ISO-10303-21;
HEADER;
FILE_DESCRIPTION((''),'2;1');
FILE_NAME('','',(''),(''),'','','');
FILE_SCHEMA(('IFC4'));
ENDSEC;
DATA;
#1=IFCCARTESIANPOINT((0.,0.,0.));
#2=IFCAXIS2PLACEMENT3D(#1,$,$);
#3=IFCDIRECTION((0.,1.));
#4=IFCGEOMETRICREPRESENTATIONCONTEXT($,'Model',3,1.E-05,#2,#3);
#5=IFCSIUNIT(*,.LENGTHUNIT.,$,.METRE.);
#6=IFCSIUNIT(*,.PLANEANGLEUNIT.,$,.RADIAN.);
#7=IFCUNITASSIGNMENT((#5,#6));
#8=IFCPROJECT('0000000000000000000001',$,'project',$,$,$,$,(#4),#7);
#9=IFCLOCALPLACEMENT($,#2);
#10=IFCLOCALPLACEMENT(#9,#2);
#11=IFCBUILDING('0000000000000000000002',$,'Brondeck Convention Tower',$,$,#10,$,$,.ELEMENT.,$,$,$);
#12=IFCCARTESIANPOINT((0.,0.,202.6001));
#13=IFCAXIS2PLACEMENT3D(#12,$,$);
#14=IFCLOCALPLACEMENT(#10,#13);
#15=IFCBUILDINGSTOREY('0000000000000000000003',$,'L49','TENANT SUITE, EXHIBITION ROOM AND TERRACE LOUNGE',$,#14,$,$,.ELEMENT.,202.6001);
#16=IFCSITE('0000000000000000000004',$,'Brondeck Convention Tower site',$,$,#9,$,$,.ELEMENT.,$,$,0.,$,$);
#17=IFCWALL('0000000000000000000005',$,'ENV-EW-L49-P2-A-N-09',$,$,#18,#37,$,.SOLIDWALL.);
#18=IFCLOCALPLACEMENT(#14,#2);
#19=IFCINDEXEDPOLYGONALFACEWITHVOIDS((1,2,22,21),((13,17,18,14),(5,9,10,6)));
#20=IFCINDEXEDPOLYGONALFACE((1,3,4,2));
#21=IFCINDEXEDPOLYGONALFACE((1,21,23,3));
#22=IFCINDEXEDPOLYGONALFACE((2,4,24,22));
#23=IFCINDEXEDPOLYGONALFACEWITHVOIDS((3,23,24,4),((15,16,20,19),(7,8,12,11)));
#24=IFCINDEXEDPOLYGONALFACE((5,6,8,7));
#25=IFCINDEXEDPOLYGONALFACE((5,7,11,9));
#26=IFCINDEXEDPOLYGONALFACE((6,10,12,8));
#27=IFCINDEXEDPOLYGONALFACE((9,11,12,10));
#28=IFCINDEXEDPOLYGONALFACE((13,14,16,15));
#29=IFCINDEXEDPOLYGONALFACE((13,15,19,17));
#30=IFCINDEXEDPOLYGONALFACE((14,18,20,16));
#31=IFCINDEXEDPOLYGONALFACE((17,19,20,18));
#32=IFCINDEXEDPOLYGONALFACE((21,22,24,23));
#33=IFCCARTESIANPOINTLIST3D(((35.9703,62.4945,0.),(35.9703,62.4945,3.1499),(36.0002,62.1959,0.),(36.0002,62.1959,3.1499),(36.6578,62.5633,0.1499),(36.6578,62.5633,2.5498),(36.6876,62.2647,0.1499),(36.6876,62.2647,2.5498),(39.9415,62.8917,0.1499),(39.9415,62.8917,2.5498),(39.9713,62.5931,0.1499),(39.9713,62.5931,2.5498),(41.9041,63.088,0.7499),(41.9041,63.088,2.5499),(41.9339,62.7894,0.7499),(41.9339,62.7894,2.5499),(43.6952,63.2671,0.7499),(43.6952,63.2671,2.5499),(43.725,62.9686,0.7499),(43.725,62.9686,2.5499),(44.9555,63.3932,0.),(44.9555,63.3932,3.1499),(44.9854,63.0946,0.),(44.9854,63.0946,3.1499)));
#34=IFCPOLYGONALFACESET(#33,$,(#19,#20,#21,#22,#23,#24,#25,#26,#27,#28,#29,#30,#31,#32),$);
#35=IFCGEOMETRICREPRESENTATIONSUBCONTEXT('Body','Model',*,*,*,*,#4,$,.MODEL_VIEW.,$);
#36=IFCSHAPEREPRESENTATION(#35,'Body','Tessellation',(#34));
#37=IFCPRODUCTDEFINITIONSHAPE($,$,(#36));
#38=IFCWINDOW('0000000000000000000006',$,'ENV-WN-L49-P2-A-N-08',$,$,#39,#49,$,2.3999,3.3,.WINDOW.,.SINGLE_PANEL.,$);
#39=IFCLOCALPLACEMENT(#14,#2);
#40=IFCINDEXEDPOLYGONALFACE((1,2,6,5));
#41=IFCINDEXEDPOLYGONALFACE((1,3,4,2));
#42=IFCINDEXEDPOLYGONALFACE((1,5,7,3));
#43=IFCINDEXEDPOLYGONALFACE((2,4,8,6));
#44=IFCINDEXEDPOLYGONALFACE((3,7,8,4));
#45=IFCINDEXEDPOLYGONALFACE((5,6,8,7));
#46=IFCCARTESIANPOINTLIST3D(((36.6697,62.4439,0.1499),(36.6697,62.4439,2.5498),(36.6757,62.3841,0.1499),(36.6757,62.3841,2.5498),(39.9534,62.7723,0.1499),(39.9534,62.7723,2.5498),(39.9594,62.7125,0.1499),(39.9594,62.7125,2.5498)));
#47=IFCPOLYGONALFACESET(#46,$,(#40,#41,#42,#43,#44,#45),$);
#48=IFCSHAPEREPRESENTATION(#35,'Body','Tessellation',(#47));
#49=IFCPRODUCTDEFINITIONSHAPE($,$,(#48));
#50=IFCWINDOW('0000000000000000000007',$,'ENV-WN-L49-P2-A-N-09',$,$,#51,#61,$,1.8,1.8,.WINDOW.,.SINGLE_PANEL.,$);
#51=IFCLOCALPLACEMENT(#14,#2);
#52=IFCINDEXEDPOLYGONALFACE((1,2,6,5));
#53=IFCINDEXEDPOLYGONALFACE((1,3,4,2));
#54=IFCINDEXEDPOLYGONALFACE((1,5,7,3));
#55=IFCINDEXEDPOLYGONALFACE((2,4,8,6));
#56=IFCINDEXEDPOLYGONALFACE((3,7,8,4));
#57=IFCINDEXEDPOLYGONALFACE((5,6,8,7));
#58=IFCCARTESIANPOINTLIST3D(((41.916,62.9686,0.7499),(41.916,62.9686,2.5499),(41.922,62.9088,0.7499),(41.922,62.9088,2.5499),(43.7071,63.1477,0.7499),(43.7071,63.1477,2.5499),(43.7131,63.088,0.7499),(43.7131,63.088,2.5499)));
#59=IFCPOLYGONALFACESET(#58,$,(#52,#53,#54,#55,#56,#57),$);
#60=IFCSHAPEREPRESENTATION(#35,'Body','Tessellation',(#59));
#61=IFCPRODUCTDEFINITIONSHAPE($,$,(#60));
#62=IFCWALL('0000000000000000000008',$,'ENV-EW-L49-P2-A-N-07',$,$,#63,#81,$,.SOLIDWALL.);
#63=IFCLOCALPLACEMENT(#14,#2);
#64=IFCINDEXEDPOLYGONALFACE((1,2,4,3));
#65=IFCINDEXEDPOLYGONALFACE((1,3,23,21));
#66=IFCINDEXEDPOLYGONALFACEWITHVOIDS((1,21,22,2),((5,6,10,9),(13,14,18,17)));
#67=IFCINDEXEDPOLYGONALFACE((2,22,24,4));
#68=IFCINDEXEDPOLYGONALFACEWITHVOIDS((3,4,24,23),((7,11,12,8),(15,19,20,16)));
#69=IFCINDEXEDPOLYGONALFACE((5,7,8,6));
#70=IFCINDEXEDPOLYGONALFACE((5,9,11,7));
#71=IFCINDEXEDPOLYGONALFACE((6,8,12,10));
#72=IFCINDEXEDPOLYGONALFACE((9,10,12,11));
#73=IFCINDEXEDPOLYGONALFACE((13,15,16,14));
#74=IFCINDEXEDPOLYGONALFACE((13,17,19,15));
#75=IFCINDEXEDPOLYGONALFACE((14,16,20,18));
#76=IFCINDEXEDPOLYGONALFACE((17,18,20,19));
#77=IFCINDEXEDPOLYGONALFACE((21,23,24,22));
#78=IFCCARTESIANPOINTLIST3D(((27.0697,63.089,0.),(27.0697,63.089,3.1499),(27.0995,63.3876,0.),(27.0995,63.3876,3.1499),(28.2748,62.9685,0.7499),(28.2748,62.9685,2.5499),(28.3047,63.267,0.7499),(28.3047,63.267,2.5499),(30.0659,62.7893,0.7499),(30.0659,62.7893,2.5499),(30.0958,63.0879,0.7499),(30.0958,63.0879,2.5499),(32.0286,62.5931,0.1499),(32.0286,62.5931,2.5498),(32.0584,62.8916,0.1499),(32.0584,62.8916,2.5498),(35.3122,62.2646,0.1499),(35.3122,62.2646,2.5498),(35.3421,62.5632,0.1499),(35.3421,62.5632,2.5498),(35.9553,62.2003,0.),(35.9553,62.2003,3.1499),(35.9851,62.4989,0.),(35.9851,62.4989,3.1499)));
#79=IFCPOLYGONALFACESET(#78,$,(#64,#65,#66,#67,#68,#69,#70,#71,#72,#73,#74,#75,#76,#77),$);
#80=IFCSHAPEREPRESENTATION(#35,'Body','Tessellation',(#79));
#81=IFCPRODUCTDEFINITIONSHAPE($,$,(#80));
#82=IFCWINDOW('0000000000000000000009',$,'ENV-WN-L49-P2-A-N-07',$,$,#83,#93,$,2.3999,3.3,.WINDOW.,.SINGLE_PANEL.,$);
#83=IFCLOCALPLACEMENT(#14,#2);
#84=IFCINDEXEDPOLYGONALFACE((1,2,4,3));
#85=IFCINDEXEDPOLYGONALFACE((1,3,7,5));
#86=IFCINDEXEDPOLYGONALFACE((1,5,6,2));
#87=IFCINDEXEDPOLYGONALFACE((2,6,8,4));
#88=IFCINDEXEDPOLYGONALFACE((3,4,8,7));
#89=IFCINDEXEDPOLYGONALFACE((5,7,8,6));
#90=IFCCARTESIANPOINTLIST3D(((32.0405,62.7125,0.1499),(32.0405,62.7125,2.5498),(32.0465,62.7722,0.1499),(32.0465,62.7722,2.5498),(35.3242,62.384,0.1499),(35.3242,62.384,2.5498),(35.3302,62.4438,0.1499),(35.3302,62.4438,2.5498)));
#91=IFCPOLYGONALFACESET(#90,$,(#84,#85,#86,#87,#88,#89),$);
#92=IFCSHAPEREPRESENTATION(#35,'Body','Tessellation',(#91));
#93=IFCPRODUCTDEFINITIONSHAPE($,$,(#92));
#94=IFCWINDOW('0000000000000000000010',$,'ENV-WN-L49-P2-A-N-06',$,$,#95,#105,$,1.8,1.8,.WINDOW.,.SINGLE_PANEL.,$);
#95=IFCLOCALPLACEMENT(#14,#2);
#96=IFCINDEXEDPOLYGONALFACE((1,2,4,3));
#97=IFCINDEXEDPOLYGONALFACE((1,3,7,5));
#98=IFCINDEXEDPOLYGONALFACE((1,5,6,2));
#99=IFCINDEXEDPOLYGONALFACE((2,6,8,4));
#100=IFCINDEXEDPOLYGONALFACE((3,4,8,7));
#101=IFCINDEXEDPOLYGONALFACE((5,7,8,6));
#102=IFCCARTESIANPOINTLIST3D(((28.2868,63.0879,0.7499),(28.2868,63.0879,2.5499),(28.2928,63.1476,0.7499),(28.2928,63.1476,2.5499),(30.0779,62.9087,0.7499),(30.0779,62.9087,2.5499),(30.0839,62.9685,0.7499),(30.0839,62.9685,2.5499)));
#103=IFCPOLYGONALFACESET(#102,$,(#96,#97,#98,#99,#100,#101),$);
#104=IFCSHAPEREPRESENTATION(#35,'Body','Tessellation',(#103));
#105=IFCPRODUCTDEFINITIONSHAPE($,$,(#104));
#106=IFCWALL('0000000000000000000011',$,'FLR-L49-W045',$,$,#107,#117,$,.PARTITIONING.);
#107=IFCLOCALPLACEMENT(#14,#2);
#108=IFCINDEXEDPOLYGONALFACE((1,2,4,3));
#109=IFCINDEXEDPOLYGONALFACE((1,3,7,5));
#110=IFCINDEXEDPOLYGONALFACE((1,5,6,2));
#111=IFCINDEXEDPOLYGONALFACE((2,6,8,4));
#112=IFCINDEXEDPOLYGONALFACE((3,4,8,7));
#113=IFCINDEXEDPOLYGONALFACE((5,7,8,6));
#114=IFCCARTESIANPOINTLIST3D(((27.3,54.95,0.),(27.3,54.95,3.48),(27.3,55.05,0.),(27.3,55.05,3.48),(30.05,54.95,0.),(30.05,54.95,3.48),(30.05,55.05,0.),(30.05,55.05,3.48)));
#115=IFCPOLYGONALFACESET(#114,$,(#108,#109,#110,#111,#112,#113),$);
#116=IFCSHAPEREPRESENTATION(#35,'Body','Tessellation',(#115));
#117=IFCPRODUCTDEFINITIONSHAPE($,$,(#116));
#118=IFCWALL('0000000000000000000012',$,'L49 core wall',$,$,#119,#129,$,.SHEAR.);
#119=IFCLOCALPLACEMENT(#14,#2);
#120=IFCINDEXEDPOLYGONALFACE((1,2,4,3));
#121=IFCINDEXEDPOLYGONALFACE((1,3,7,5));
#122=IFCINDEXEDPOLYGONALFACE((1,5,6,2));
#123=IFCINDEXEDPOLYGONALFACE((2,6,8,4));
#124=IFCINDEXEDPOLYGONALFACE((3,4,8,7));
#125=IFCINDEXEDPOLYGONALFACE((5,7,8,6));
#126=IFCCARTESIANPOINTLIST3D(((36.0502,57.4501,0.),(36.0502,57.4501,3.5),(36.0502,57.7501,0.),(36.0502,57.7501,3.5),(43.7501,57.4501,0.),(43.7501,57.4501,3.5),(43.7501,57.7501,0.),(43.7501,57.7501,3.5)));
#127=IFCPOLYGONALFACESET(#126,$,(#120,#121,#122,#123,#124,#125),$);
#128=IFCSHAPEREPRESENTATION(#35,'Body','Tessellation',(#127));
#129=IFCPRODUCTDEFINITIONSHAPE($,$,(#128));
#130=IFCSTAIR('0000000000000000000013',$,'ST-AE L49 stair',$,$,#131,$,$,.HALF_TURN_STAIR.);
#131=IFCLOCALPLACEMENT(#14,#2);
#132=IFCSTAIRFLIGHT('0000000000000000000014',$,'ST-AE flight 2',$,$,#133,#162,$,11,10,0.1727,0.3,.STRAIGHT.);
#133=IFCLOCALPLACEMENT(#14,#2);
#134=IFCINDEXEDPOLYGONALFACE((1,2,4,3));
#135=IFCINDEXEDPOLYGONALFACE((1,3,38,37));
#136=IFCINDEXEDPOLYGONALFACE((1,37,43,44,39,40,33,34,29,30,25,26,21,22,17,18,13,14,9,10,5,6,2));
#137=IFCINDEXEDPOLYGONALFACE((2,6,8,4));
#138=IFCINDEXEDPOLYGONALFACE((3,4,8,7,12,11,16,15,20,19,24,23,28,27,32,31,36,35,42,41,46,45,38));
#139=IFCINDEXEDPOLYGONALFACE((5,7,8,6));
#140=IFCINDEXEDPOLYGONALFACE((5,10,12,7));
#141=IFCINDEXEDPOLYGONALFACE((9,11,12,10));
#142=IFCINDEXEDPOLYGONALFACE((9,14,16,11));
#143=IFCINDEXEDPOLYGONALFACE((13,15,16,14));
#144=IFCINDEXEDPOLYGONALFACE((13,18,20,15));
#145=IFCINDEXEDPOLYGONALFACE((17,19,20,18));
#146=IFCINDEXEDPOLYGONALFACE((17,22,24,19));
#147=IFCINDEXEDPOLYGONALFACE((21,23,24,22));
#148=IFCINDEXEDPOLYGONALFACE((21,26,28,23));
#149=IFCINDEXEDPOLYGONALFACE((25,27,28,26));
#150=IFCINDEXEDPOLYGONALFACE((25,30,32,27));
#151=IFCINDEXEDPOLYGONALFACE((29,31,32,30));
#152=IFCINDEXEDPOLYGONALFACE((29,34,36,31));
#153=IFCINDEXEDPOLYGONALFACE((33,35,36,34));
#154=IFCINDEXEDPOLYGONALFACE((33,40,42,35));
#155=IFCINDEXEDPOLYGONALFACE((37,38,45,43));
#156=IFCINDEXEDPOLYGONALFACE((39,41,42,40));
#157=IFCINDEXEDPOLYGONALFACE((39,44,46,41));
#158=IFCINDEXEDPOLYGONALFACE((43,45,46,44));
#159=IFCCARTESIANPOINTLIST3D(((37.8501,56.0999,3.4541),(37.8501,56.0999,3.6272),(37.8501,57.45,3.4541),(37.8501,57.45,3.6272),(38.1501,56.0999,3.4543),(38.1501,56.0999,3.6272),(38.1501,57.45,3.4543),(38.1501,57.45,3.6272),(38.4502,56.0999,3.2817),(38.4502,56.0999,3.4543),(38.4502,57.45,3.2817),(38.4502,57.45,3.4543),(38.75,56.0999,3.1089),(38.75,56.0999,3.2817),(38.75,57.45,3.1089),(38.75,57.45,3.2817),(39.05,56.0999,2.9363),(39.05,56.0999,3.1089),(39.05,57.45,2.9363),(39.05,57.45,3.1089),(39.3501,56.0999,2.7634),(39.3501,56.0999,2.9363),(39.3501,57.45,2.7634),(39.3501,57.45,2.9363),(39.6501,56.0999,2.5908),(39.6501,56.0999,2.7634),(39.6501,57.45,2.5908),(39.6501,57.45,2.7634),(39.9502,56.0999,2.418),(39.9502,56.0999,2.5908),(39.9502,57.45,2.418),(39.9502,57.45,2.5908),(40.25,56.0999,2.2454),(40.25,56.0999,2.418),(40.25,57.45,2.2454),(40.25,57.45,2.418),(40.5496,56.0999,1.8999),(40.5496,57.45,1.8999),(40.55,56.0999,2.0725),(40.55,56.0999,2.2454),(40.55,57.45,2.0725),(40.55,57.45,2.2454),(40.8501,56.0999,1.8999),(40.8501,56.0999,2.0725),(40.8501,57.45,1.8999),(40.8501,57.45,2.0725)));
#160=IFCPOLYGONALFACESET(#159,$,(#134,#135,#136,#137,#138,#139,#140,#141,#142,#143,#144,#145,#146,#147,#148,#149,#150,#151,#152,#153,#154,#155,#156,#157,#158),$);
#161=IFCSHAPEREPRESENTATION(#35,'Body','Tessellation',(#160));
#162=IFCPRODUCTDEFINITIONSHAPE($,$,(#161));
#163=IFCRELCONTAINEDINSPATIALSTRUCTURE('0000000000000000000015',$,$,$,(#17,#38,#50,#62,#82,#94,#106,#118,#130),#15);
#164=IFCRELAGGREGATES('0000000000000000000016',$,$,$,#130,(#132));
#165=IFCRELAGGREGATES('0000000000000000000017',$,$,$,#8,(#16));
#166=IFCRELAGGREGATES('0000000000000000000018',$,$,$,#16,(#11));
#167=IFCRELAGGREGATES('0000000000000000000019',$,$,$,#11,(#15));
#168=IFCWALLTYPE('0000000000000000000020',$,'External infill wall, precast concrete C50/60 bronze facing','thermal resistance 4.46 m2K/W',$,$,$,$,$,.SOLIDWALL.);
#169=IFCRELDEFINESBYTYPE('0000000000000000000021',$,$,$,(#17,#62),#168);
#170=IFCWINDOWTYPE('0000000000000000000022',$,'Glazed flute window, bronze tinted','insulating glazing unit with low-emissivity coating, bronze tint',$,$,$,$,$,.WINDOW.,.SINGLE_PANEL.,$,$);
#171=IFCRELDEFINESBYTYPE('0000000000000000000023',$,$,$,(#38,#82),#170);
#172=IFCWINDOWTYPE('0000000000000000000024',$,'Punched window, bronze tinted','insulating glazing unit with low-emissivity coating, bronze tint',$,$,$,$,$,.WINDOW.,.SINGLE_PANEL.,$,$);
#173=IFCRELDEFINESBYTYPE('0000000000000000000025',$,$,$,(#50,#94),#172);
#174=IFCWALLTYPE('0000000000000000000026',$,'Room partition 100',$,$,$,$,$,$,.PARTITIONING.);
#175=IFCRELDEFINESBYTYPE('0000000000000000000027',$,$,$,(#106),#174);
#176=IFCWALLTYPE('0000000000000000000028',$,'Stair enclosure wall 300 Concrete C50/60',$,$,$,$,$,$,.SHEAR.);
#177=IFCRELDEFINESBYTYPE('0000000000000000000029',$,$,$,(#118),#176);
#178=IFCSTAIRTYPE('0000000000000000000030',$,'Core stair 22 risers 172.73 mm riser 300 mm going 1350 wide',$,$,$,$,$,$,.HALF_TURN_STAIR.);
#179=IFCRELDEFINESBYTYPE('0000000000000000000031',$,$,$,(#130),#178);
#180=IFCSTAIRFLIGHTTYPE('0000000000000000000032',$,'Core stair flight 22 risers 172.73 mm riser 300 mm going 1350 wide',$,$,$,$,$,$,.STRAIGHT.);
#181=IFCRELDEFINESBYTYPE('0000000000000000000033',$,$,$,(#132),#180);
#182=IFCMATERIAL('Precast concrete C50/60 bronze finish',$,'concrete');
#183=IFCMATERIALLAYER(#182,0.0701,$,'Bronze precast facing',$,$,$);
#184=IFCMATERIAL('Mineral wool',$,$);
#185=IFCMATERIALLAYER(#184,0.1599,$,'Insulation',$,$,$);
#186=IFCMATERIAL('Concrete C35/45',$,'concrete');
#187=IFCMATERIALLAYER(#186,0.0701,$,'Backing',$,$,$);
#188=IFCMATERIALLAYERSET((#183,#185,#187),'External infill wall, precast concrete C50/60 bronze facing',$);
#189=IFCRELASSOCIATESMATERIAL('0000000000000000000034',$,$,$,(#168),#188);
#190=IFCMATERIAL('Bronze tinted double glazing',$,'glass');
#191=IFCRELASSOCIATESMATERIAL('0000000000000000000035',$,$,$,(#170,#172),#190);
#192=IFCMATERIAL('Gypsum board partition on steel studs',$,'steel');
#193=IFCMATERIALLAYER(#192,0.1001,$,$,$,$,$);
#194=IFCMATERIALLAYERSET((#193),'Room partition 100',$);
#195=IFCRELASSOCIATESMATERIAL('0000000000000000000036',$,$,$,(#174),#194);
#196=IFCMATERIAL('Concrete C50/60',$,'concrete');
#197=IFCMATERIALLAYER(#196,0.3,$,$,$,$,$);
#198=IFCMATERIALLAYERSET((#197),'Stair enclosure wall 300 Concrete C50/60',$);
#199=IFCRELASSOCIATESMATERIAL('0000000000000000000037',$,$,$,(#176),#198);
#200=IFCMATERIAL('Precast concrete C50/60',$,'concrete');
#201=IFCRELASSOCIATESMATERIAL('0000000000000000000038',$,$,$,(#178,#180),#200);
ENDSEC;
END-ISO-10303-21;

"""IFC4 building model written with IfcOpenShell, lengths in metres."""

from ifc_helpers import new_model, si_unit, direction, frame, frame_2d, origin, place, context, subcontext, project, spatial, polyline, rectangle, outline, extrude, material, layer, layer_set, type_object, element, fill, aggregate, save


model = new_model("IFC4")

# Units and contexts
model_context = context("Model", 3, precision=1e-05, world=origin(), true_north=direction((0.0, 1.0)))
body_context = subcontext(model_context, "Body", "Model", "MODEL_VIEW")
ifc_project = project(units=[si_unit("LENGTHUNIT", "METRE"), si_unit("PLANEANGLEUNIT", "RADIAN")], contexts=[model_context])

# Site, building, storey
site_placement = place(None, origin())
site = spatial("IfcSite", under=ifc_project, at=site_placement, Name="Brondeck Convention Tower site", CompositionType="ELEMENT", RefElevation=0.0)
building_placement = place(site_placement, origin())
building = spatial("IfcBuilding", under=site, at=building_placement, Name="Brondeck Convention Tower", CompositionType="ELEMENT")
storey_placement = place(building_placement, frame((0.0, 0.0, 202.6001)))
storey = spatial("IfcBuildingStorey", under=building, at=storey_placement, Name="L49", Description="TENANT SUITE, EXHIBITION ROOM AND TERRACE LOUNGE", CompositionType="ELEMENT", Elevation=202.6001)

# Shared definitions
ifc_material_1 = material(Name="Concrete C50/60", Category="concrete")

# Walls, openings, windows
ifc_material_2 = material(Name="Precast concrete C50/60 bronze finish", Category="concrete")
ifc_layer_1 = layer(ifc_material_2, 0.0701, Name="Bronze precast facing")
ifc_material_3 = material(Name="Mineral wool")
ifc_layer_2 = layer(ifc_material_3, 0.1599, Name="Insulation")
ifc_material_4 = material(Name="Concrete C35/45", Category="concrete")
ifc_layer_3 = layer(ifc_material_4, 0.0701, Name="Backing")
ifc_layer_set_1 = layer_set([ifc_layer_1, ifc_layer_2, ifc_layer_3], Name="External infill wall, precast concrete C50/60 bronze facing")
wall_type_1 = type_object("IfcWallType", Name="External infill wall, precast concrete C50/60 bronze facing", Description="thermal resistance 4.46 m2K/W", PredefinedType="SOLIDWALL", material=ifc_layer_set_1)
wall_1_placement = place(storey_placement, frame((35.9851, 62.3452, 0.0), z_axis=(0.0, 0.0, 1.0), x_axis=(0.995035, 0.099522, 0.0)))
wall_1 = element("IfcWall", 1, at=wall_1_placement, inside=storey, type_object=wall_type_1, Name="ENV-EW-L49-P2-A-N-09", PredefinedType="SOLIDWALL", context=body_context, shape_type="SweptSolid", body=[
    extrude(rectangle(XDim=9.03, YDim=0.3, at=frame_2d((4.5151, 0.0))), origin(), (0.0, 0.0, 1.0), 3.1499),
])
opening_1_placement = place(wall_1_placement, frame((0.6912, 0.0, 0.1499)))
opening_1 = element("IfcOpeningElement", 2, at=opening_1_placement, cuts=wall_1, PredefinedType="OPENING", context=body_context, shape_type="SweptSolid", body=[
    extrude(rectangle(XDim=3.3, YDim=2.3999, at=frame_2d((1.6499, 1.2))), frame((0.0, 0.1599, 0.0), z_axis=(0.0, -1.0, 0.0), x_axis=(1.0, 0.0, 0.0)), (0.0, 0.0, 1.0), 0.3201),
])
opening_2_placement = place(wall_1_placement, frame((5.9636, 0.0, 0.75)))
opening_2 = element("IfcOpeningElement", 3, at=opening_2_placement, cuts=wall_1, PredefinedType="OPENING", context=body_context, shape_type="SweptSolid", body=[
    extrude(rectangle(XDim=1.8, YDim=1.8, at=frame_2d((0.8999, 0.8999))), frame((0.0, 0.1599, 0.0), z_axis=(0.0, -1.0, 0.0), x_axis=(1.0, 0.0, 0.0)), (0.0, 0.0, 1.0), 0.3201),
])
ifc_material_5 = material(Name="Bronze tinted double glazing", Category="glass")
window_type_1 = type_object("IfcWindowType", Name="Glazed flute window, bronze tinted", Description="insulating glazing unit with low-emissivity coating, bronze tint", PartitioningType="SINGLE_PANEL", PredefinedType="WINDOW", material=ifc_material_5)
window_1_placement = place(opening_1_placement, origin())
window_1 = element("IfcWindow", 4, at=window_1_placement, inside=storey, type_object=window_type_1, Name="ENV-WN-L49-P2-A-N-08", OverallHeight=2.3999, OverallWidth=3.3, PartitioningType="SINGLE_PANEL", PredefinedType="WINDOW", context=body_context, shape_type="SweptSolid", body=[
    extrude(rectangle(XDim=3.3, YDim=2.3999, at=frame_2d((1.6499, 1.2))), frame((0.0, 0.03, 0.0), z_axis=(0.0, -1.0, 0.0), x_axis=(1.0, 0.0, 0.0)), (0.0, 0.0, 1.0), 0.0601),
])
fill(opening_1, window_1)
window_type_2 = type_object("IfcWindowType", Name="Punched window, bronze tinted", Description="insulating glazing unit with low-emissivity coating, bronze tint", PartitioningType="SINGLE_PANEL", PredefinedType="WINDOW", material=ifc_material_5)
window_2_placement = place(opening_2_placement, origin())
window_2 = element("IfcWindow", 5, at=window_2_placement, inside=storey, type_object=window_type_2, Name="ENV-WN-L49-P2-A-N-09", OverallHeight=1.8, OverallWidth=1.8, PartitioningType="SINGLE_PANEL", PredefinedType="WINDOW", context=body_context, shape_type="SweptSolid", body=[
    extrude(rectangle(XDim=1.8, YDim=1.8, at=frame_2d((0.8999, 0.8999))), frame((0.0, 0.03, 0.0), z_axis=(0.0, -1.0, 0.0), x_axis=(1.0, 0.0, 0.0)), (0.0, 0.0, 1.0), 0.0601),
])
fill(opening_2, window_2)
wall_2_placement = place(storey_placement, frame((27.0847, 63.2383, 0.0), z_axis=(0.0, 0.0, 1.0), x_axis=(0.995036, -0.099517, 0.0)))
wall_2 = element("IfcWall", 6, at=wall_2_placement, inside=storey, type_object=wall_type_1, Name="ENV-EW-L49-P2-A-N-07", PredefinedType="SOLIDWALL", context=body_context, shape_type="SweptSolid", body=[
    extrude(rectangle(XDim=8.9299, YDim=0.3, at=frame_2d((4.4648, 0.0))), origin(), (0.0, 0.0, 1.0), 3.1499),
])
opening_3_placement = place(wall_2_placement, frame((1.2112, 0.0, 0.75)))
opening_3 = element("IfcOpeningElement", 7, at=opening_3_placement, cuts=wall_2, PredefinedType="OPENING", context=body_context, shape_type="SweptSolid", body=[
    extrude(rectangle(XDim=1.8, YDim=1.8, at=frame_2d((0.8999, 0.8999))), frame((0.0, 0.1599, 0.0), z_axis=(0.0, -1.0, 0.0), x_axis=(1.0, 0.0, 0.0)), (0.0, 0.0, 1.0), 0.3201),
])
opening_4_placement = place(wall_2_placement, frame((4.9836, 0.0, 0.1499)))
opening_4 = element("IfcOpeningElement", 8, at=opening_4_placement, cuts=wall_2, PredefinedType="OPENING", context=body_context, shape_type="SweptSolid", body=[
    extrude(rectangle(XDim=3.3, YDim=2.3999, at=frame_2d((1.6499, 1.2))), frame((0.0, 0.1599, 0.0), z_axis=(0.0, -1.0, 0.0), x_axis=(1.0, 0.0, 0.0)), (0.0, 0.0, 1.0), 0.3201),
])
window_3_placement = place(opening_4_placement, origin())
window_3 = element("IfcWindow", 9, at=window_3_placement, inside=storey, type_object=window_type_1, Name="ENV-WN-L49-P2-A-N-07", OverallHeight=2.3999, OverallWidth=3.3, PartitioningType="SINGLE_PANEL", PredefinedType="WINDOW", context=body_context, shape_type="SweptSolid", body=[
    extrude(rectangle(XDim=3.3, YDim=2.3999, at=frame_2d((1.6499, 1.2))), frame((0.0, 0.03, 0.0), z_axis=(0.0, -1.0, 0.0), x_axis=(1.0, 0.0, 0.0)), (0.0, 0.0, 1.0), 0.0601),
])
fill(opening_4, window_3)
window_4_placement = place(opening_3_placement, origin())
window_4 = element("IfcWindow", 10, at=window_4_placement, inside=storey, type_object=window_type_2, Name="ENV-WN-L49-P2-A-N-06", OverallHeight=1.8, OverallWidth=1.8, PartitioningType="SINGLE_PANEL", PredefinedType="WINDOW", context=body_context, shape_type="SweptSolid", body=[
    extrude(rectangle(XDim=1.8, YDim=1.8, at=frame_2d((0.8999, 0.8999))), frame((0.0, 0.03, 0.0), z_axis=(0.0, -1.0, 0.0), x_axis=(1.0, 0.0, 0.0)), (0.0, 0.0, 1.0), 0.0601),
])
fill(opening_3, window_4)

# Walls
ifc_material_6 = material(Name="Gypsum board partition on steel studs", Category="steel")
ifc_layer_4 = layer(ifc_material_6, 0.1001)
ifc_layer_set_2 = layer_set([ifc_layer_4], Name="Room partition 100")
wall_type_2 = type_object("IfcWallType", Name="Room partition 100", PredefinedType="PARTITIONING", material=ifc_layer_set_2)
wall_3_placement = place(storey_placement, frame((27.3, 55.0, 0.0), z_axis=(0.0, 0.0, 1.0), x_axis=(1.0, 0.0, 0.0)))
element("IfcWall", 11, at=wall_3_placement, inside=storey, type_object=wall_type_2, Name="FLR-L49-W045", PredefinedType="PARTITIONING", context=body_context, shape_type="SweptSolid", body=[
    extrude(rectangle(XDim=2.75, YDim=0.1001, at=frame_2d((1.375, 0.0))), origin(), (0.0, 0.0, 1.0), 3.48),
])
ifc_layer_5 = layer(ifc_material_1, 0.3)
ifc_layer_set_3 = layer_set([ifc_layer_5], Name="Stair enclosure wall 300 Concrete C50/60")
wall_type_3 = type_object("IfcWallType", Name="Stair enclosure wall 300 Concrete C50/60", PredefinedType="SHEAR", material=ifc_layer_set_3)
wall_4_placement = place(storey_placement, frame((36.05, 57.6001, 0.0), z_axis=(0.0, 0.0, 1.0), x_axis=(1.0, 0.0, 0.0)))
element("IfcWall", 12, at=wall_4_placement, inside=storey, type_object=wall_type_3, Name="L49 core wall", PredefinedType="SHEAR", context=body_context, shape_type="SweptSolid", body=[
    extrude(rectangle(XDim=7.7, YDim=0.3, at=frame_2d((3.8501, 0.0))), origin(), (0.0, 0.0, 1.0), 3.5),
])

# Stair, stair flight
ifc_material_7 = material(Name="Precast concrete C50/60", Category="concrete")
stair_type = type_object("IfcStairType", Name="Core stair 22 risers 172.73 mm riser 300 mm going 1350 wide", PredefinedType="HALF_TURN_STAIR", material=ifc_material_7)
stair_placement = place(storey_placement, origin())
stair = element("IfcStair", 13, at=stair_placement, inside=storey, type_object=stair_type, Name="ST-AE L49 stair", PredefinedType="HALF_TURN_STAIR")
stair_flight_type = type_object("IfcStairFlightType", Name="Core stair flight 22 risers 172.73 mm riser 300 mm going 1350 wide", PredefinedType="STRAIGHT", material=ifc_material_7)
stair_flight_placement = place(storey_placement, frame((40.8501, 56.7749, 1.8999), z_axis=(0.0, 0.0, 1.0), x_axis=(-1.0, 0.0, 0.0)))
stair_flight = element("IfcStairFlight", 14, at=stair_flight_placement, type_object=stair_flight_type, Name="ST-AE flight 2", NumberOfRisers=11, NumberOfTreads=10, PredefinedType="STRAIGHT", RiserHeight=0.1727, TreadLength=0.3, context=body_context, shape_type="SweptSolid", body=[
    extrude(outline(polyline([(0.0, 0.0), (0.0, 0.1726), (0.3, 0.1726), (0.3, 0.3455), (0.6001, 0.3455), (0.6001, 0.5181), (0.8999, 0.5181), (0.8999, 0.6909), (1.2, 0.6909), (1.2, 0.8635), (1.5, 0.8635), (1.5, 1.0364), (1.8, 1.0364), (1.8, 1.209), (2.1001, 1.209), (2.1001, 1.3818), (2.3999, 1.3818), (2.3999, 1.5544), (2.7, 1.5544), (2.7, 1.7273), (3.0, 1.7273), (3.0, 1.8999), (3.0, 1.5542), (0.3005, 0.0), (0.0, 0.0)])), frame((0.0, 0.675, 0.0), z_axis=(0.0, -1.0, 0.0), x_axis=(1.0, 0.0, 0.0)), (0.0, 0.0, 1.0), 1.3501),
])
aggregate(stair, [stair_flight])

save(model, "model.ifc")
